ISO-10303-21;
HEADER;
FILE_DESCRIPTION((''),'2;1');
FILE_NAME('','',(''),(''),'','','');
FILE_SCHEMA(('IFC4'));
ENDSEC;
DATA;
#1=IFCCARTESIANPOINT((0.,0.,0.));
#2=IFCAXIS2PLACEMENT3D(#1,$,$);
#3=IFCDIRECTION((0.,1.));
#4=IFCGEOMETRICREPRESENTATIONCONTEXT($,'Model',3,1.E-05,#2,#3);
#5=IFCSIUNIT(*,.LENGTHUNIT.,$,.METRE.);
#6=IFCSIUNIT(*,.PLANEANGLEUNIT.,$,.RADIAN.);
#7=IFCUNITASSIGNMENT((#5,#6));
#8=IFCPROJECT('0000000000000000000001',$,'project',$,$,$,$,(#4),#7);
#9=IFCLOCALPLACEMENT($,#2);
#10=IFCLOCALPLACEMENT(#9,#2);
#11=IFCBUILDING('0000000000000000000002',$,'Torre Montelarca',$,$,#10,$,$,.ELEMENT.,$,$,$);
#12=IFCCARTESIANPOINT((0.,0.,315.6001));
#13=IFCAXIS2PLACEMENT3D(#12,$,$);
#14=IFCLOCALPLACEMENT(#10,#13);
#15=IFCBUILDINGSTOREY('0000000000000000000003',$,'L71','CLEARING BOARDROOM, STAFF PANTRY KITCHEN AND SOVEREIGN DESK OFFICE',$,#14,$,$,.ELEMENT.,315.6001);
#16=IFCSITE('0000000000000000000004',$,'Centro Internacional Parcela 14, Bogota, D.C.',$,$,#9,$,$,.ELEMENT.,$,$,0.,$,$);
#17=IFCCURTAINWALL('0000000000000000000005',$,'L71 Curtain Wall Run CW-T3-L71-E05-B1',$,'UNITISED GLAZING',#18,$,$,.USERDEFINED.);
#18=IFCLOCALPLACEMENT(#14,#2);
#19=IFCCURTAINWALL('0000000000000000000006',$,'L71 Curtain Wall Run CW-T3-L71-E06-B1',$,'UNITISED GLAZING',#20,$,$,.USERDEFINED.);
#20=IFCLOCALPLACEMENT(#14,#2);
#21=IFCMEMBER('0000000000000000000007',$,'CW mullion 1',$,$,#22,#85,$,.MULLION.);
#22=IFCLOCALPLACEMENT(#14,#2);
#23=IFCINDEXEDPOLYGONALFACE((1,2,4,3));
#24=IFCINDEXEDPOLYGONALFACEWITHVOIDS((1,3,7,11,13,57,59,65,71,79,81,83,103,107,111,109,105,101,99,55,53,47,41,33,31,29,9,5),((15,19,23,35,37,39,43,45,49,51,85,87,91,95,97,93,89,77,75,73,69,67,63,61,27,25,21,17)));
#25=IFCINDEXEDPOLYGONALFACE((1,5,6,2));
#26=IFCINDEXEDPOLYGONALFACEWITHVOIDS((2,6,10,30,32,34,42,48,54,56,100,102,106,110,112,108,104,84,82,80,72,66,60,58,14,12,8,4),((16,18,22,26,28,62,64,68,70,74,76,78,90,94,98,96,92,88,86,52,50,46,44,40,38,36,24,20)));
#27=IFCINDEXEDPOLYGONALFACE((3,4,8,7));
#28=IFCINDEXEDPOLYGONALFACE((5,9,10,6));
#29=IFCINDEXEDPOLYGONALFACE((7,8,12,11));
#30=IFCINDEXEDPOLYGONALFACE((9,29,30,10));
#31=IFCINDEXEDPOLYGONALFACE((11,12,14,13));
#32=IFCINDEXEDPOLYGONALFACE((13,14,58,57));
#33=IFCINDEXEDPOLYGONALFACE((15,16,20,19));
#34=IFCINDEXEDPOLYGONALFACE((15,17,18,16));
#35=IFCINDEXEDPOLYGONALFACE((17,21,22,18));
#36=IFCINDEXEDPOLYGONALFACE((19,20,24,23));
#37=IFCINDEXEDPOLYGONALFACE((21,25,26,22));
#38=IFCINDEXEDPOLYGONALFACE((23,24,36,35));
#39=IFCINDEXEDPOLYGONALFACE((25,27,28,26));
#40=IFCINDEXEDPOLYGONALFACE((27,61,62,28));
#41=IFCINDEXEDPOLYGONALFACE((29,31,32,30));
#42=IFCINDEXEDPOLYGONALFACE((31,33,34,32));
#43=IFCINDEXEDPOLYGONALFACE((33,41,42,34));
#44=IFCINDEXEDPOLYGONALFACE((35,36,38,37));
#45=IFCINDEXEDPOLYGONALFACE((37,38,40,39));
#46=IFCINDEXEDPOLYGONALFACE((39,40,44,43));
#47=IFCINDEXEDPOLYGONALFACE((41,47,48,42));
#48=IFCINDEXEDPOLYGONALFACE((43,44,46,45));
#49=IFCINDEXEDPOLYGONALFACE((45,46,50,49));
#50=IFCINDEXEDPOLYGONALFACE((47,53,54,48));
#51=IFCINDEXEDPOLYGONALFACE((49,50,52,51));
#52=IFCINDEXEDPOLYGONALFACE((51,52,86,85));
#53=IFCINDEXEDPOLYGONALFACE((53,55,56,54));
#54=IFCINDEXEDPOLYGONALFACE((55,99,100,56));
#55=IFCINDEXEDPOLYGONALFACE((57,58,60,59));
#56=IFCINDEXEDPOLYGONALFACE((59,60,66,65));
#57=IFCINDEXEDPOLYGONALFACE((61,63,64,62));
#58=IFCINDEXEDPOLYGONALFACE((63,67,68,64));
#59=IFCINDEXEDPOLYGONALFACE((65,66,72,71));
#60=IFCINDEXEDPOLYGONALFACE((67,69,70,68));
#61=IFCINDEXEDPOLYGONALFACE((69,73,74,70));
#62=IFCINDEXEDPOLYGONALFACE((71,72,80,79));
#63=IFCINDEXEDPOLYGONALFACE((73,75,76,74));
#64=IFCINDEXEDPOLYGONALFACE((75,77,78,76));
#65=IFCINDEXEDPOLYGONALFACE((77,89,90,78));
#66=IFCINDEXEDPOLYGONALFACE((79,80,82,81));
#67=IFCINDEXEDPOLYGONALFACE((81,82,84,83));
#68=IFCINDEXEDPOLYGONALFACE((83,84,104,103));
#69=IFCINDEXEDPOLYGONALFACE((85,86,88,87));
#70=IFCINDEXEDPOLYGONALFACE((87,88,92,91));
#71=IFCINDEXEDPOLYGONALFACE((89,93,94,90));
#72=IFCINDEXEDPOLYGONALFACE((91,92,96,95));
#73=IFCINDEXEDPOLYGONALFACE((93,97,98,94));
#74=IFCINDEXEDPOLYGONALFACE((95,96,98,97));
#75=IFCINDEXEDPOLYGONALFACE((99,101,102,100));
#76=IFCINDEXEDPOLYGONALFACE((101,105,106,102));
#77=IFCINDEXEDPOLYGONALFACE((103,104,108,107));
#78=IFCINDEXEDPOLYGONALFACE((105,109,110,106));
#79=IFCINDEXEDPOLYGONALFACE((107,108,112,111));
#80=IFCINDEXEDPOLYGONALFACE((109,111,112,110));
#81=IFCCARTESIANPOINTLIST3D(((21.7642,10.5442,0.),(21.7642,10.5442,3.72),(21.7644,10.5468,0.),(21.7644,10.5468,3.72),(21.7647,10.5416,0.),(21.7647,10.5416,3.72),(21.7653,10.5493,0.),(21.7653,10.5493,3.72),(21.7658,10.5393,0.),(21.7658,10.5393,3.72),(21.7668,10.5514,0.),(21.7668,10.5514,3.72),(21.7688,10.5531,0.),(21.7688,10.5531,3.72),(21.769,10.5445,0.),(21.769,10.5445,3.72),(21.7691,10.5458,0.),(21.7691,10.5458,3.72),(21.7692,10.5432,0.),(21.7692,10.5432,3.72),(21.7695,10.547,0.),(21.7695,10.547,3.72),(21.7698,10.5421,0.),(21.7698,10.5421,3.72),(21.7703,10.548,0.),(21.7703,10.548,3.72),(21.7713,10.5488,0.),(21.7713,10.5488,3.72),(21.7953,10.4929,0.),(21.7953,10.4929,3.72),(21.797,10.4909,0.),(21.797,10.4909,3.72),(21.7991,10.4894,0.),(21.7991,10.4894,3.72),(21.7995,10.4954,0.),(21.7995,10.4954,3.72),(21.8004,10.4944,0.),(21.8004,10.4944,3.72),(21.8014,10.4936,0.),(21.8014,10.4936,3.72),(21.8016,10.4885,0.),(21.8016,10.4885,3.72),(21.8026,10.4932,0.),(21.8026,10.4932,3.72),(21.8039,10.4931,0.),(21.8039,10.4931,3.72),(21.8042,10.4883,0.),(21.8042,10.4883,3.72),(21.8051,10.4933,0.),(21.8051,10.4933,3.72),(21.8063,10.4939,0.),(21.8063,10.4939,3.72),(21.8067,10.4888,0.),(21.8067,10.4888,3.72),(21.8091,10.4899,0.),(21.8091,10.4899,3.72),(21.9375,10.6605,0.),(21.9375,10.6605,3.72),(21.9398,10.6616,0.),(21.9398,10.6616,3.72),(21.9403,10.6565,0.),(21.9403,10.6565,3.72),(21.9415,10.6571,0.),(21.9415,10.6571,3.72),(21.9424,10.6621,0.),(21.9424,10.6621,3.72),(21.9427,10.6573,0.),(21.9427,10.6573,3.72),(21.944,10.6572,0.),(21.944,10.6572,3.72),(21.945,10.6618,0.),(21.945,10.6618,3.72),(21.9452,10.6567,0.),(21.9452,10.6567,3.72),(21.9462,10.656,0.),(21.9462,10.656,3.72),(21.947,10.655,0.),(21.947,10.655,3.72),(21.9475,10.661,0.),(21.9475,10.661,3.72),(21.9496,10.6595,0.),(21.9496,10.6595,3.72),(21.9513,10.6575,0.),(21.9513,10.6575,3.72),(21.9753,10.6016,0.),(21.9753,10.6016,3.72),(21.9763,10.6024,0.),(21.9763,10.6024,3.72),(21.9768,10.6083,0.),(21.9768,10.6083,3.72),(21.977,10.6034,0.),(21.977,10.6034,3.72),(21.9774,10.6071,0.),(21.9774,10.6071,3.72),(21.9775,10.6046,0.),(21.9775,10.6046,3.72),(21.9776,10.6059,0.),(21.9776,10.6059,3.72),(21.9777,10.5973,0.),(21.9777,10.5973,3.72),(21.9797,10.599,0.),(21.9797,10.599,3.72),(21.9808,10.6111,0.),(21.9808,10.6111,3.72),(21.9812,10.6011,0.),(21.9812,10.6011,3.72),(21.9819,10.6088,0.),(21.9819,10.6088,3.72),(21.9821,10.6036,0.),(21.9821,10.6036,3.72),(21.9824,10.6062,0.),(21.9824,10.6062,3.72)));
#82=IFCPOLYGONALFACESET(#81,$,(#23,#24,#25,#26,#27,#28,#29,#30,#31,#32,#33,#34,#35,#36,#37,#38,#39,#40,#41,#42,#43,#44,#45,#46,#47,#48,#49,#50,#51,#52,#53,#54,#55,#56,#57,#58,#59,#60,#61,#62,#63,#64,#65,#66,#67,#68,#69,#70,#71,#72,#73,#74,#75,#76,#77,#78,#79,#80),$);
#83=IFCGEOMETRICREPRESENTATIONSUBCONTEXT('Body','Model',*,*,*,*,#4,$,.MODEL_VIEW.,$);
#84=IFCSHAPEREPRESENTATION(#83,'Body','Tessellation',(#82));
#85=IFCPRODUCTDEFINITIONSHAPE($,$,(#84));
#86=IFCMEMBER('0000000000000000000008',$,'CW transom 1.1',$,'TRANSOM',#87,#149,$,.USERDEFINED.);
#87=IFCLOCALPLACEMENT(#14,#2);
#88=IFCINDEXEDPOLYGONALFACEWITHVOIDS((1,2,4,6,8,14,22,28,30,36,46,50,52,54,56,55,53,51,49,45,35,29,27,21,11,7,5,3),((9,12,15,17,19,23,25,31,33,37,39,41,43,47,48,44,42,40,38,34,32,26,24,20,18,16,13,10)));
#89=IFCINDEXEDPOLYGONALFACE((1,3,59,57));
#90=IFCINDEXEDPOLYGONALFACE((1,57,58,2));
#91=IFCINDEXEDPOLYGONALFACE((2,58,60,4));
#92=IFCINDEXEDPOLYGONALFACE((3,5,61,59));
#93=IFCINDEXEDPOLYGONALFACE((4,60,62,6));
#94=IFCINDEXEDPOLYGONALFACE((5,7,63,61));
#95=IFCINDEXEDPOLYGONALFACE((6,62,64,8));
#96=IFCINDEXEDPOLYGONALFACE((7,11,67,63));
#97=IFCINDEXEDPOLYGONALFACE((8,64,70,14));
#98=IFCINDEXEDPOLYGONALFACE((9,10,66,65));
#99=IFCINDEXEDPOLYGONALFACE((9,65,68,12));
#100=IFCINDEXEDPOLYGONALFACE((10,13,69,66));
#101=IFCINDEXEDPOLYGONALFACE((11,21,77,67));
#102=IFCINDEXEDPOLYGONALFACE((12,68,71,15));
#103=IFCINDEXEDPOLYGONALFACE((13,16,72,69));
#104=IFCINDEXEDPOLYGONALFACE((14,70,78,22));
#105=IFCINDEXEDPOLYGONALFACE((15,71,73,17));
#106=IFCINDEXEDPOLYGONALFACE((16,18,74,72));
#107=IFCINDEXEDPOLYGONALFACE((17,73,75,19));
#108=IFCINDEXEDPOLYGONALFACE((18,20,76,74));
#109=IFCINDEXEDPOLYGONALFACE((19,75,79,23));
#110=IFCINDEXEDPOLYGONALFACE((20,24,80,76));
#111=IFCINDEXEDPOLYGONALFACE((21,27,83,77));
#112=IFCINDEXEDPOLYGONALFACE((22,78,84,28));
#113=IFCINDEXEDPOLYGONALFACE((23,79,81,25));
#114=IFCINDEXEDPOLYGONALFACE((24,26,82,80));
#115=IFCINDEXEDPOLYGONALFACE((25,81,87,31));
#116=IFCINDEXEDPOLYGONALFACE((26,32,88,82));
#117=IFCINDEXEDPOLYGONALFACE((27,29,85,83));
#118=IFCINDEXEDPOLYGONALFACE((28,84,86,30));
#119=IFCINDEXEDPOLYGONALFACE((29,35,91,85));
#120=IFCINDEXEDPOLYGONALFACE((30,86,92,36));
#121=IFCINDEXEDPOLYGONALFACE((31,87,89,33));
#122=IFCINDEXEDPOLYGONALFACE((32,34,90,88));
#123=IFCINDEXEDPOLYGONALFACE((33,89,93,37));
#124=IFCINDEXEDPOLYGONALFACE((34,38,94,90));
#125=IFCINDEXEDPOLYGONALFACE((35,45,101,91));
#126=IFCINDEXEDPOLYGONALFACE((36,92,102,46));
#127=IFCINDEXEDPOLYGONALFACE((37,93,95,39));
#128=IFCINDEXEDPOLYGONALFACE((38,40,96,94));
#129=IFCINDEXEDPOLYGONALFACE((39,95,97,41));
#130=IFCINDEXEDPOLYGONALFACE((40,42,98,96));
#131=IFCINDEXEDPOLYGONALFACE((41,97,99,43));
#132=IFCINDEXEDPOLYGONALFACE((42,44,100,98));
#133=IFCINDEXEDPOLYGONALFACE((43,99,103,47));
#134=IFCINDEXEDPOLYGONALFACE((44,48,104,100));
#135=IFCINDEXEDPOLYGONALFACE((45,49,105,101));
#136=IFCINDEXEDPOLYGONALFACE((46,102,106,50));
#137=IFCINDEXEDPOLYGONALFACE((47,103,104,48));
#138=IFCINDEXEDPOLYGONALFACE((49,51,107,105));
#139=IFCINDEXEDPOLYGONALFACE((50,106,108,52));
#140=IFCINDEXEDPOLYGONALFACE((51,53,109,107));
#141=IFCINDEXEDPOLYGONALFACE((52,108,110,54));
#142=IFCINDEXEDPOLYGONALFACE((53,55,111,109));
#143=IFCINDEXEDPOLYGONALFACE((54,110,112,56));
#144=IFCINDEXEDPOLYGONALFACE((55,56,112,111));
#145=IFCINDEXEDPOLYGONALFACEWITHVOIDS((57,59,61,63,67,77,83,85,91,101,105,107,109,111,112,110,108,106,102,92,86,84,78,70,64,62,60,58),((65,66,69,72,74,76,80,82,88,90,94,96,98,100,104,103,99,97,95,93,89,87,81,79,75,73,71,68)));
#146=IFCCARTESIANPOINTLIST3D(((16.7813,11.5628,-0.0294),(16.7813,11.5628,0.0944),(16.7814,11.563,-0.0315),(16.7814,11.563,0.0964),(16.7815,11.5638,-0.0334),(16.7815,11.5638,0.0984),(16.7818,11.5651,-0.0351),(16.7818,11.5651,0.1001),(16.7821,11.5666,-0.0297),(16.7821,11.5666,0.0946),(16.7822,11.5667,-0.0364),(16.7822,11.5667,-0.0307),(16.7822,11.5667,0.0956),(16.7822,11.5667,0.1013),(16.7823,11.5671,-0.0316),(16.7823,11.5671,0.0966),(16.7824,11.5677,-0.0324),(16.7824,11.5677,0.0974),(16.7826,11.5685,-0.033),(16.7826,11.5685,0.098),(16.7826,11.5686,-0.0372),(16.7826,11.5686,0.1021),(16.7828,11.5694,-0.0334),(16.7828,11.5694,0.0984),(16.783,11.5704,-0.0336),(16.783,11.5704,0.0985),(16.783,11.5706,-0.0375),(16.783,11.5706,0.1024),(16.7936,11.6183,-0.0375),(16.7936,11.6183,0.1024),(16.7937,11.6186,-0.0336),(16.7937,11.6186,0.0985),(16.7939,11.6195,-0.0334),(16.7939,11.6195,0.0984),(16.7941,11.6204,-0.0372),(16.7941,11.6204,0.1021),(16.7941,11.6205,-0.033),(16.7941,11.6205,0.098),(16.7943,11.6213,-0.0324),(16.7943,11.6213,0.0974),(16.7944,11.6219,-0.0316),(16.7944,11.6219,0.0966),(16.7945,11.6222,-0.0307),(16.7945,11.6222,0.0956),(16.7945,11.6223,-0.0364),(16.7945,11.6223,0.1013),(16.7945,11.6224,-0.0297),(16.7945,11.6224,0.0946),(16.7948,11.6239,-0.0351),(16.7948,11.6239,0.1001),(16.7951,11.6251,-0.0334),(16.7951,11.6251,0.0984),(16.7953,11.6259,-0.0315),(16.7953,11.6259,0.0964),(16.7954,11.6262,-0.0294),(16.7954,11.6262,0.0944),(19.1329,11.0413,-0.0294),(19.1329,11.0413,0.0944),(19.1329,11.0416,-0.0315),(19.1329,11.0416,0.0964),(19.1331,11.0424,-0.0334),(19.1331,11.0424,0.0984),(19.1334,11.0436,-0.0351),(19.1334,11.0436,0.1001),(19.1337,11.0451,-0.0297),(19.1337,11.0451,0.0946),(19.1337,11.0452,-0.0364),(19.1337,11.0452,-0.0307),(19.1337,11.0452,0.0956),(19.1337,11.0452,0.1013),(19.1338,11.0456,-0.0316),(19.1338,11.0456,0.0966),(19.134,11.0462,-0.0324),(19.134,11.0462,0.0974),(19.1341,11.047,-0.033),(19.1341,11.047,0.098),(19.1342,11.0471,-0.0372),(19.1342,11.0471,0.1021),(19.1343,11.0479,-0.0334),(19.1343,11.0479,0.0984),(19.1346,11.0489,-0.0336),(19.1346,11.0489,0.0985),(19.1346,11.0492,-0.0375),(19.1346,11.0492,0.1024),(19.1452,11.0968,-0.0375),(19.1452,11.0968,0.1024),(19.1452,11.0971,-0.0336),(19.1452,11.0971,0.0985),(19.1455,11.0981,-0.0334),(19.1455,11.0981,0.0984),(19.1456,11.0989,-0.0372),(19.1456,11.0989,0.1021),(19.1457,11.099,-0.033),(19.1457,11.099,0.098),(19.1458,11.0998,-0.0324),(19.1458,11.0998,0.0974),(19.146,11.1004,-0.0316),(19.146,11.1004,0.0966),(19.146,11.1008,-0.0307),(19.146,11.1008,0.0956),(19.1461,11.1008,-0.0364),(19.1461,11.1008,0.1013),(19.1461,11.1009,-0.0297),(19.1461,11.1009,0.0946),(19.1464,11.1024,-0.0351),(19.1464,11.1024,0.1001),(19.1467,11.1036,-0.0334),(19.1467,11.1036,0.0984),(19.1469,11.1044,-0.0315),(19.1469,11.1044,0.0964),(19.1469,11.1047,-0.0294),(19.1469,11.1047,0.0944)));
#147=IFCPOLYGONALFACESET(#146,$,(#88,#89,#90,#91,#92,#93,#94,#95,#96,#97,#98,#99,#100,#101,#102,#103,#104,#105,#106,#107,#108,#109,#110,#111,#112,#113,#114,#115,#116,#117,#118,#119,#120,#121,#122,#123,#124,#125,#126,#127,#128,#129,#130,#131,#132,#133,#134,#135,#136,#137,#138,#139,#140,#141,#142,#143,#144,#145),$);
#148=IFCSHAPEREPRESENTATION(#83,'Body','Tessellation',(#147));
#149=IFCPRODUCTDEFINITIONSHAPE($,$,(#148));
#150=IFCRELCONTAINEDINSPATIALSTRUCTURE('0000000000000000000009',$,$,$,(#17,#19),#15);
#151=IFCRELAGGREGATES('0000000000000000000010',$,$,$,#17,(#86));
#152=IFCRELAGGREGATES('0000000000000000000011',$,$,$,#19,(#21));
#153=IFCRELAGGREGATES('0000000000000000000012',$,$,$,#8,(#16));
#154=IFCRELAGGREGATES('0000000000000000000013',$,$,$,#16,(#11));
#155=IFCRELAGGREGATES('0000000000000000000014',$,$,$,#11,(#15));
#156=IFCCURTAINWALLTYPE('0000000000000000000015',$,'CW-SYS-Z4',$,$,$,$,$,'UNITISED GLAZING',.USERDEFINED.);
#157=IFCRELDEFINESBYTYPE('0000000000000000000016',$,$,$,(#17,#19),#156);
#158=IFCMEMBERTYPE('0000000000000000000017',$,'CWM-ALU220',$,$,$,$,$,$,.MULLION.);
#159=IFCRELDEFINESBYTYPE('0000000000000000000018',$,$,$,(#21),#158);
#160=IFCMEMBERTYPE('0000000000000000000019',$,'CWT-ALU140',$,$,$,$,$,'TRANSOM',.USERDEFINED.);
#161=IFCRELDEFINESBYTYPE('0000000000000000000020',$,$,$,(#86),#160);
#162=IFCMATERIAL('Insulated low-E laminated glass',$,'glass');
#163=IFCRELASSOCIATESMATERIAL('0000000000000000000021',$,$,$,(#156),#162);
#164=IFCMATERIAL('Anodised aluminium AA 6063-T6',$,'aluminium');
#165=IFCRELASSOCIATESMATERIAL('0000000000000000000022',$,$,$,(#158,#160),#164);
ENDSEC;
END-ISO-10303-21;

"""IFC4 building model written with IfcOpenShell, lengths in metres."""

from ifc_helpers import new_model, si_unit, direction, frame, origin, origin_2d, place, context, subcontext, project, spatial, hollow_rectangle, extrude, source, transform, mapped, material, material_profile, profile_set, type_object, element, aggregate, save


model = new_model("IFC4")

# Units and contexts
model_context = context("Model", 3, precision=1e-05, world=origin(), true_north=direction((0.0, 1.0)))
body_context = subcontext(model_context, "Body", "Model", "MODEL_VIEW")
ifc_project = project(units=[si_unit("LENGTHUNIT", "METRE"), si_unit("PLANEANGLEUNIT", "RADIAN")], contexts=[model_context])

# Site, building, storey
site_placement = place(None, origin())
site = spatial("IfcSite", under=ifc_project, at=site_placement, Name="Centro Internacional Parcela 14, Bogota, D.C.", CompositionType="ELEMENT", RefElevation=0.0)
building_placement = place(site_placement, origin())
building = spatial("IfcBuilding", under=site, at=building_placement, Name="Torre Montelarca", CompositionType="ELEMENT")
storey_placement = place(building_placement, frame((0.0, 0.0, 315.6001)))
storey = spatial("IfcBuildingStorey", under=building, at=storey_placement, Name="L71", Description="CLEARING BOARDROOM, STAFF PANTRY KITCHEN AND SOVEREIGN DESK OFFICE", CompositionType="ELEMENT", Elevation=315.6001)

# Curtain wall
ifc_material_1 = material(Name="Insulated low-E laminated glass", Category="glass")
curtain_wall_type = type_object("IfcCurtainWallType", Name="CW-SYS-Z4", ElementType="UNITISED GLAZING", PredefinedType="USERDEFINED", material=ifc_material_1)
curtain_wall_1_placement = place(storey_placement, origin())
curtain_wall_1 = element("IfcCurtainWall", 1, at=curtain_wall_1_placement, inside=storey, type_object=curtain_wall_type, Name="L71 Curtain Wall Run CW-T3-L71-E05-B1", ObjectType="UNITISED GLAZING", PredefinedType="USERDEFINED")
ifc_material_2 = material(Name="Anodised aluminium AA 6063-T6", Category="aluminium")
ifc_material_profile_1 = material_profile(ifc_material_2, hollow_rectangle(XDim=0.075, YDim=0.22, WallThickness=0.0049, InnerFilletRadius=0.0049, OuterFilletRadius=0.01, at=origin_2d()), Name="ALU75X220X5", Category="aluminium")
ifc_profile_set_1 = profile_set([ifc_material_profile_1], Name="Anodised aluminium AA 6063-T6")
member_type_1 = type_object("IfcMemberType", Name="CWM-ALU220", PredefinedType="MULLION", material=ifc_profile_set_1)
shared_shape_1 = source(origin(), body_context, "Body", "SweptSolid", [
    extrude(hollow_rectangle(XDim=0.075, YDim=0.22, WallThickness=0.0049, InnerFilletRadius=0.0049, OuterFilletRadius=0.01, at=origin_2d()), origin(), (0.0, 0.0, 1.0), 3.72),
])

# Curtain wall, member
curtain_wall_2_placement = place(storey_placement, origin())
curtain_wall_2 = element("IfcCurtainWall", 2, at=curtain_wall_2_placement, inside=storey, type_object=curtain_wall_type, Name="L71 Curtain Wall Run CW-T3-L71-E06-B1", ObjectType="UNITISED GLAZING", PredefinedType="USERDEFINED")
member_1_placement = place(storey_placement, frame((21.8733, 10.5752, 0.0), z_axis=(0.0, 0.0, 1.0), x_axis=(-0.537302, 0.84339, 0.0)))
member_1 = element("IfcMember", 3, at=member_1_placement, type_object=member_type_1, Name="CW mullion 1", PredefinedType="MULLION", context=body_context, shape_type="MappedRepresentation", body=[
    mapped(shared_shape_1, transform((0.0, 0.0, 0.0), scale=1.0)),
])

# Member
ifc_material_profile_2 = material_profile(ifc_material_2, hollow_rectangle(XDim=0.0649, YDim=0.1399, WallThickness=0.0039, InnerFilletRadius=0.0039, OuterFilletRadius=0.0081, at=origin_2d()), Name="ALU65X140X4", Category="aluminium")
ifc_profile_set_2 = profile_set([ifc_material_profile_2], Name="Anodised aluminium AA 6063-T6")
member_type_2 = type_object("IfcMemberType", Name="CWT-ALU140", ElementType="TRANSOM", PredefinedType="USERDEFINED", material=ifc_profile_set_2)
shared_shape_2 = source(origin(), body_context, "Body", "SweptSolid", [
    extrude(hollow_rectangle(XDim=0.0649, YDim=0.1399, WallThickness=0.0039, InnerFilletRadius=0.0039, OuterFilletRadius=0.0081, at=origin_2d()), origin(), (0.0, 0.0, 1.0), 2.4087),
])
member_2_placement = place(storey_placement, frame((16.7883, 11.5945, 0.0325), z_axis=(0.976282, -0.216501, 0.0), x_axis=(0.216501, 0.976282, 0.0)))
member_2 = element("IfcMember", 4, at=member_2_placement, type_object=member_type_2, Name="CW transom 1.1", ObjectType="TRANSOM", PredefinedType="USERDEFINED", context=body_context, shape_type="MappedRepresentation", body=[
    mapped(shared_shape_2, transform((0.0, 0.0, 0.0), scale=1.0)),
])

aggregate(curtain_wall_1, [member_2])
aggregate(curtain_wall_2, [member_1])

save(model, "model.ifc")
